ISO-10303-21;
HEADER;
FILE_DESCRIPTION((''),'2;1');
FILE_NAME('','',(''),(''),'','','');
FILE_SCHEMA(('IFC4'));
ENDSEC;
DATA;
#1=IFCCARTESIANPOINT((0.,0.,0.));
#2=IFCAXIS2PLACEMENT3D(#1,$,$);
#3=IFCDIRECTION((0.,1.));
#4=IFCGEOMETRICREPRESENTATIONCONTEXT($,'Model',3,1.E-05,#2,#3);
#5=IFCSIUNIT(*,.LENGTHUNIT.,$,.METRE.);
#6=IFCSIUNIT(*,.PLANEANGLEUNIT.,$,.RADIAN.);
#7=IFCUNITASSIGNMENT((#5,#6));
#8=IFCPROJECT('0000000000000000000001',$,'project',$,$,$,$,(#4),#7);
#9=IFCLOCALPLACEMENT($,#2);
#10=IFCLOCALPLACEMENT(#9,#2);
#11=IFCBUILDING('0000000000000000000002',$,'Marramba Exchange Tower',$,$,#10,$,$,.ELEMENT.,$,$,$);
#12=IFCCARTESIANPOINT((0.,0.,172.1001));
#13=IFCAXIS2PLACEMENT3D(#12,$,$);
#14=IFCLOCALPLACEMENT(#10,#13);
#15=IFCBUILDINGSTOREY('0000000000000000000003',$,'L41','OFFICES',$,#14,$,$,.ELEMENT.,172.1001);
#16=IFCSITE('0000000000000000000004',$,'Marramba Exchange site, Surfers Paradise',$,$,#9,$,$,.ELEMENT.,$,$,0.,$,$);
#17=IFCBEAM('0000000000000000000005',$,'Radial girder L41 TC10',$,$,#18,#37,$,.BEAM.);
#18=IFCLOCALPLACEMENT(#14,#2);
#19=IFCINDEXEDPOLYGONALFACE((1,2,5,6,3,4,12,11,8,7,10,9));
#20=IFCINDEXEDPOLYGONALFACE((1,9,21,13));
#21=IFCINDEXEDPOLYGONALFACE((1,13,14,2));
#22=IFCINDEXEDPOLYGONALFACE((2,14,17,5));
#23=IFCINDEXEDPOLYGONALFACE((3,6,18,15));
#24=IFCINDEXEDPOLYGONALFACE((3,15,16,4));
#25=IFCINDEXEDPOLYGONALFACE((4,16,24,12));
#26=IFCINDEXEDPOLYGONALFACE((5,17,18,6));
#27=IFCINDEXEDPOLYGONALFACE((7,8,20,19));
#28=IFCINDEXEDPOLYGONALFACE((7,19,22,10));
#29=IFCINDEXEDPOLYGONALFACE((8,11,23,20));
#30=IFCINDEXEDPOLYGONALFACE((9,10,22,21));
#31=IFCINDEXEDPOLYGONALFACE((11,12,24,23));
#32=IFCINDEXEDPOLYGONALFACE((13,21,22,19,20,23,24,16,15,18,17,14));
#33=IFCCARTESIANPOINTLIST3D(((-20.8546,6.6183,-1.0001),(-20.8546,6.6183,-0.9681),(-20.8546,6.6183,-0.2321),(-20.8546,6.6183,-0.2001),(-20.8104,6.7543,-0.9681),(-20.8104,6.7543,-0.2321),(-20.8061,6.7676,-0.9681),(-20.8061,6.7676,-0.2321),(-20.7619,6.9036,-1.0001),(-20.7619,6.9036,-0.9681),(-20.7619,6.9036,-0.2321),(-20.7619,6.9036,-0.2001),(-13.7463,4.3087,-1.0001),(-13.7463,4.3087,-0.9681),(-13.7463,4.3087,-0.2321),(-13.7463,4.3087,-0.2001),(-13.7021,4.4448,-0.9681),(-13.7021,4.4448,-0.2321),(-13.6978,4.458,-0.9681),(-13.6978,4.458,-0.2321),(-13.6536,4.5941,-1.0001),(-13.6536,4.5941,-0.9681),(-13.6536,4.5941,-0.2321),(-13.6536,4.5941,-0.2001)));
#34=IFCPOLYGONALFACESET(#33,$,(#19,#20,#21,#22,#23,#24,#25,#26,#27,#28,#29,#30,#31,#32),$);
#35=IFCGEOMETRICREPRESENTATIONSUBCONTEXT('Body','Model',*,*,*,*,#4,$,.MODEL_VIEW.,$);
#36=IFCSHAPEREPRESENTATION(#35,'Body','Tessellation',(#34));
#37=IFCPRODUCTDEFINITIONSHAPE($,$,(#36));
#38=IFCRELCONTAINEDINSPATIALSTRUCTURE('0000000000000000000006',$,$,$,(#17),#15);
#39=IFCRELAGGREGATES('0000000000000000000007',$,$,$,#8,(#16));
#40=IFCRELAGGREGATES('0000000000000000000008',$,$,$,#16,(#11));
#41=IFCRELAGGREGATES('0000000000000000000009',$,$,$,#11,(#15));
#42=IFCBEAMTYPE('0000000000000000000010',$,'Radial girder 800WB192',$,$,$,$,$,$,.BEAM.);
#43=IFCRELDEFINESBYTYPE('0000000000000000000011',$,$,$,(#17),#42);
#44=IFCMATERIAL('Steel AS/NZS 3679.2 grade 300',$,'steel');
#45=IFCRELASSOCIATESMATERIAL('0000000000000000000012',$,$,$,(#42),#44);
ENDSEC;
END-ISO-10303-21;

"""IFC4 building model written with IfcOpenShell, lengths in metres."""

from ifc_helpers import new_model, si_unit, direction, frame, origin, origin_2d, place, context, subcontext, project, spatial, i_section, extrude, material, material_profile, profile_set, type_object, element, save


model = new_model("IFC4")

# Units and contexts
model_context = context("Model", 3, precision=1e-05, world=origin(), true_north=direction((0.0, 1.0)))
body_context = subcontext(model_context, "Body", "Model", "MODEL_VIEW")
ifc_project = project(units=[si_unit("LENGTHUNIT", "METRE"), si_unit("PLANEANGLEUNIT", "RADIAN")], contexts=[model_context])

# Site, building, storey
site_placement = place(None, origin())
site = spatial("IfcSite", under=ifc_project, at=site_placement, Name="Marramba Exchange site, Surfers Paradise", CompositionType="ELEMENT", RefElevation=0.0)
building_placement = place(site_placement, origin())
building = spatial("IfcBuilding", under=site, at=building_placement, Name="Marramba Exchange Tower", CompositionType="ELEMENT")
storey_placement = place(building_placement, frame((0.0, 0.0, 172.1001)))
storey = spatial("IfcBuildingStorey", under=building, at=storey_placement, Name="L41", Description="OFFICES", CompositionType="ELEMENT", Elevation=172.1001)

# Shared definitions
ifc_material_1 = material(Name="Steel AS/NZS 3679.2 grade 300", Category="steel")

# Beam
ifc_material_profile_1 = material_profile(ifc_material_1, i_section(OverallWidth=0.3, OverallDepth=0.8, WebThickness=0.0139, FlangeThickness=0.032, at=origin_2d()), Name="800WB192")
ifc_profile_set_1 = profile_set([ifc_material_profile_1], Name="Steel AS/NZS 3679.2 grade 300")
beam_type_1 = type_object("IfcBeamType", Name="Radial girder 800WB192", PredefinedType="BEAM", material=ifc_profile_set_1)
beam_1_placement = place(storey_placement, frame((-13.7, 4.4514, -0.6001), z_axis=(-0.95106, 0.309006, 0.0), x_axis=(-0.309006, -0.95106, 0.0)))
element("IfcBeam", 1, at=beam_1_placement, inside=storey, type_object=beam_type_1, Name="Radial girder L41 TC10", PredefinedType="BEAM", context=body_context, shape_type="SweptSolid", body=[
    extrude(i_section(OverallWidth=0.3, OverallDepth=0.8, WebThickness=0.0139, FlangeThickness=0.032, at=origin_2d()), origin(), (0.0, 0.0, 1.0), 7.4741),
])

save(model, "model.ifc")
